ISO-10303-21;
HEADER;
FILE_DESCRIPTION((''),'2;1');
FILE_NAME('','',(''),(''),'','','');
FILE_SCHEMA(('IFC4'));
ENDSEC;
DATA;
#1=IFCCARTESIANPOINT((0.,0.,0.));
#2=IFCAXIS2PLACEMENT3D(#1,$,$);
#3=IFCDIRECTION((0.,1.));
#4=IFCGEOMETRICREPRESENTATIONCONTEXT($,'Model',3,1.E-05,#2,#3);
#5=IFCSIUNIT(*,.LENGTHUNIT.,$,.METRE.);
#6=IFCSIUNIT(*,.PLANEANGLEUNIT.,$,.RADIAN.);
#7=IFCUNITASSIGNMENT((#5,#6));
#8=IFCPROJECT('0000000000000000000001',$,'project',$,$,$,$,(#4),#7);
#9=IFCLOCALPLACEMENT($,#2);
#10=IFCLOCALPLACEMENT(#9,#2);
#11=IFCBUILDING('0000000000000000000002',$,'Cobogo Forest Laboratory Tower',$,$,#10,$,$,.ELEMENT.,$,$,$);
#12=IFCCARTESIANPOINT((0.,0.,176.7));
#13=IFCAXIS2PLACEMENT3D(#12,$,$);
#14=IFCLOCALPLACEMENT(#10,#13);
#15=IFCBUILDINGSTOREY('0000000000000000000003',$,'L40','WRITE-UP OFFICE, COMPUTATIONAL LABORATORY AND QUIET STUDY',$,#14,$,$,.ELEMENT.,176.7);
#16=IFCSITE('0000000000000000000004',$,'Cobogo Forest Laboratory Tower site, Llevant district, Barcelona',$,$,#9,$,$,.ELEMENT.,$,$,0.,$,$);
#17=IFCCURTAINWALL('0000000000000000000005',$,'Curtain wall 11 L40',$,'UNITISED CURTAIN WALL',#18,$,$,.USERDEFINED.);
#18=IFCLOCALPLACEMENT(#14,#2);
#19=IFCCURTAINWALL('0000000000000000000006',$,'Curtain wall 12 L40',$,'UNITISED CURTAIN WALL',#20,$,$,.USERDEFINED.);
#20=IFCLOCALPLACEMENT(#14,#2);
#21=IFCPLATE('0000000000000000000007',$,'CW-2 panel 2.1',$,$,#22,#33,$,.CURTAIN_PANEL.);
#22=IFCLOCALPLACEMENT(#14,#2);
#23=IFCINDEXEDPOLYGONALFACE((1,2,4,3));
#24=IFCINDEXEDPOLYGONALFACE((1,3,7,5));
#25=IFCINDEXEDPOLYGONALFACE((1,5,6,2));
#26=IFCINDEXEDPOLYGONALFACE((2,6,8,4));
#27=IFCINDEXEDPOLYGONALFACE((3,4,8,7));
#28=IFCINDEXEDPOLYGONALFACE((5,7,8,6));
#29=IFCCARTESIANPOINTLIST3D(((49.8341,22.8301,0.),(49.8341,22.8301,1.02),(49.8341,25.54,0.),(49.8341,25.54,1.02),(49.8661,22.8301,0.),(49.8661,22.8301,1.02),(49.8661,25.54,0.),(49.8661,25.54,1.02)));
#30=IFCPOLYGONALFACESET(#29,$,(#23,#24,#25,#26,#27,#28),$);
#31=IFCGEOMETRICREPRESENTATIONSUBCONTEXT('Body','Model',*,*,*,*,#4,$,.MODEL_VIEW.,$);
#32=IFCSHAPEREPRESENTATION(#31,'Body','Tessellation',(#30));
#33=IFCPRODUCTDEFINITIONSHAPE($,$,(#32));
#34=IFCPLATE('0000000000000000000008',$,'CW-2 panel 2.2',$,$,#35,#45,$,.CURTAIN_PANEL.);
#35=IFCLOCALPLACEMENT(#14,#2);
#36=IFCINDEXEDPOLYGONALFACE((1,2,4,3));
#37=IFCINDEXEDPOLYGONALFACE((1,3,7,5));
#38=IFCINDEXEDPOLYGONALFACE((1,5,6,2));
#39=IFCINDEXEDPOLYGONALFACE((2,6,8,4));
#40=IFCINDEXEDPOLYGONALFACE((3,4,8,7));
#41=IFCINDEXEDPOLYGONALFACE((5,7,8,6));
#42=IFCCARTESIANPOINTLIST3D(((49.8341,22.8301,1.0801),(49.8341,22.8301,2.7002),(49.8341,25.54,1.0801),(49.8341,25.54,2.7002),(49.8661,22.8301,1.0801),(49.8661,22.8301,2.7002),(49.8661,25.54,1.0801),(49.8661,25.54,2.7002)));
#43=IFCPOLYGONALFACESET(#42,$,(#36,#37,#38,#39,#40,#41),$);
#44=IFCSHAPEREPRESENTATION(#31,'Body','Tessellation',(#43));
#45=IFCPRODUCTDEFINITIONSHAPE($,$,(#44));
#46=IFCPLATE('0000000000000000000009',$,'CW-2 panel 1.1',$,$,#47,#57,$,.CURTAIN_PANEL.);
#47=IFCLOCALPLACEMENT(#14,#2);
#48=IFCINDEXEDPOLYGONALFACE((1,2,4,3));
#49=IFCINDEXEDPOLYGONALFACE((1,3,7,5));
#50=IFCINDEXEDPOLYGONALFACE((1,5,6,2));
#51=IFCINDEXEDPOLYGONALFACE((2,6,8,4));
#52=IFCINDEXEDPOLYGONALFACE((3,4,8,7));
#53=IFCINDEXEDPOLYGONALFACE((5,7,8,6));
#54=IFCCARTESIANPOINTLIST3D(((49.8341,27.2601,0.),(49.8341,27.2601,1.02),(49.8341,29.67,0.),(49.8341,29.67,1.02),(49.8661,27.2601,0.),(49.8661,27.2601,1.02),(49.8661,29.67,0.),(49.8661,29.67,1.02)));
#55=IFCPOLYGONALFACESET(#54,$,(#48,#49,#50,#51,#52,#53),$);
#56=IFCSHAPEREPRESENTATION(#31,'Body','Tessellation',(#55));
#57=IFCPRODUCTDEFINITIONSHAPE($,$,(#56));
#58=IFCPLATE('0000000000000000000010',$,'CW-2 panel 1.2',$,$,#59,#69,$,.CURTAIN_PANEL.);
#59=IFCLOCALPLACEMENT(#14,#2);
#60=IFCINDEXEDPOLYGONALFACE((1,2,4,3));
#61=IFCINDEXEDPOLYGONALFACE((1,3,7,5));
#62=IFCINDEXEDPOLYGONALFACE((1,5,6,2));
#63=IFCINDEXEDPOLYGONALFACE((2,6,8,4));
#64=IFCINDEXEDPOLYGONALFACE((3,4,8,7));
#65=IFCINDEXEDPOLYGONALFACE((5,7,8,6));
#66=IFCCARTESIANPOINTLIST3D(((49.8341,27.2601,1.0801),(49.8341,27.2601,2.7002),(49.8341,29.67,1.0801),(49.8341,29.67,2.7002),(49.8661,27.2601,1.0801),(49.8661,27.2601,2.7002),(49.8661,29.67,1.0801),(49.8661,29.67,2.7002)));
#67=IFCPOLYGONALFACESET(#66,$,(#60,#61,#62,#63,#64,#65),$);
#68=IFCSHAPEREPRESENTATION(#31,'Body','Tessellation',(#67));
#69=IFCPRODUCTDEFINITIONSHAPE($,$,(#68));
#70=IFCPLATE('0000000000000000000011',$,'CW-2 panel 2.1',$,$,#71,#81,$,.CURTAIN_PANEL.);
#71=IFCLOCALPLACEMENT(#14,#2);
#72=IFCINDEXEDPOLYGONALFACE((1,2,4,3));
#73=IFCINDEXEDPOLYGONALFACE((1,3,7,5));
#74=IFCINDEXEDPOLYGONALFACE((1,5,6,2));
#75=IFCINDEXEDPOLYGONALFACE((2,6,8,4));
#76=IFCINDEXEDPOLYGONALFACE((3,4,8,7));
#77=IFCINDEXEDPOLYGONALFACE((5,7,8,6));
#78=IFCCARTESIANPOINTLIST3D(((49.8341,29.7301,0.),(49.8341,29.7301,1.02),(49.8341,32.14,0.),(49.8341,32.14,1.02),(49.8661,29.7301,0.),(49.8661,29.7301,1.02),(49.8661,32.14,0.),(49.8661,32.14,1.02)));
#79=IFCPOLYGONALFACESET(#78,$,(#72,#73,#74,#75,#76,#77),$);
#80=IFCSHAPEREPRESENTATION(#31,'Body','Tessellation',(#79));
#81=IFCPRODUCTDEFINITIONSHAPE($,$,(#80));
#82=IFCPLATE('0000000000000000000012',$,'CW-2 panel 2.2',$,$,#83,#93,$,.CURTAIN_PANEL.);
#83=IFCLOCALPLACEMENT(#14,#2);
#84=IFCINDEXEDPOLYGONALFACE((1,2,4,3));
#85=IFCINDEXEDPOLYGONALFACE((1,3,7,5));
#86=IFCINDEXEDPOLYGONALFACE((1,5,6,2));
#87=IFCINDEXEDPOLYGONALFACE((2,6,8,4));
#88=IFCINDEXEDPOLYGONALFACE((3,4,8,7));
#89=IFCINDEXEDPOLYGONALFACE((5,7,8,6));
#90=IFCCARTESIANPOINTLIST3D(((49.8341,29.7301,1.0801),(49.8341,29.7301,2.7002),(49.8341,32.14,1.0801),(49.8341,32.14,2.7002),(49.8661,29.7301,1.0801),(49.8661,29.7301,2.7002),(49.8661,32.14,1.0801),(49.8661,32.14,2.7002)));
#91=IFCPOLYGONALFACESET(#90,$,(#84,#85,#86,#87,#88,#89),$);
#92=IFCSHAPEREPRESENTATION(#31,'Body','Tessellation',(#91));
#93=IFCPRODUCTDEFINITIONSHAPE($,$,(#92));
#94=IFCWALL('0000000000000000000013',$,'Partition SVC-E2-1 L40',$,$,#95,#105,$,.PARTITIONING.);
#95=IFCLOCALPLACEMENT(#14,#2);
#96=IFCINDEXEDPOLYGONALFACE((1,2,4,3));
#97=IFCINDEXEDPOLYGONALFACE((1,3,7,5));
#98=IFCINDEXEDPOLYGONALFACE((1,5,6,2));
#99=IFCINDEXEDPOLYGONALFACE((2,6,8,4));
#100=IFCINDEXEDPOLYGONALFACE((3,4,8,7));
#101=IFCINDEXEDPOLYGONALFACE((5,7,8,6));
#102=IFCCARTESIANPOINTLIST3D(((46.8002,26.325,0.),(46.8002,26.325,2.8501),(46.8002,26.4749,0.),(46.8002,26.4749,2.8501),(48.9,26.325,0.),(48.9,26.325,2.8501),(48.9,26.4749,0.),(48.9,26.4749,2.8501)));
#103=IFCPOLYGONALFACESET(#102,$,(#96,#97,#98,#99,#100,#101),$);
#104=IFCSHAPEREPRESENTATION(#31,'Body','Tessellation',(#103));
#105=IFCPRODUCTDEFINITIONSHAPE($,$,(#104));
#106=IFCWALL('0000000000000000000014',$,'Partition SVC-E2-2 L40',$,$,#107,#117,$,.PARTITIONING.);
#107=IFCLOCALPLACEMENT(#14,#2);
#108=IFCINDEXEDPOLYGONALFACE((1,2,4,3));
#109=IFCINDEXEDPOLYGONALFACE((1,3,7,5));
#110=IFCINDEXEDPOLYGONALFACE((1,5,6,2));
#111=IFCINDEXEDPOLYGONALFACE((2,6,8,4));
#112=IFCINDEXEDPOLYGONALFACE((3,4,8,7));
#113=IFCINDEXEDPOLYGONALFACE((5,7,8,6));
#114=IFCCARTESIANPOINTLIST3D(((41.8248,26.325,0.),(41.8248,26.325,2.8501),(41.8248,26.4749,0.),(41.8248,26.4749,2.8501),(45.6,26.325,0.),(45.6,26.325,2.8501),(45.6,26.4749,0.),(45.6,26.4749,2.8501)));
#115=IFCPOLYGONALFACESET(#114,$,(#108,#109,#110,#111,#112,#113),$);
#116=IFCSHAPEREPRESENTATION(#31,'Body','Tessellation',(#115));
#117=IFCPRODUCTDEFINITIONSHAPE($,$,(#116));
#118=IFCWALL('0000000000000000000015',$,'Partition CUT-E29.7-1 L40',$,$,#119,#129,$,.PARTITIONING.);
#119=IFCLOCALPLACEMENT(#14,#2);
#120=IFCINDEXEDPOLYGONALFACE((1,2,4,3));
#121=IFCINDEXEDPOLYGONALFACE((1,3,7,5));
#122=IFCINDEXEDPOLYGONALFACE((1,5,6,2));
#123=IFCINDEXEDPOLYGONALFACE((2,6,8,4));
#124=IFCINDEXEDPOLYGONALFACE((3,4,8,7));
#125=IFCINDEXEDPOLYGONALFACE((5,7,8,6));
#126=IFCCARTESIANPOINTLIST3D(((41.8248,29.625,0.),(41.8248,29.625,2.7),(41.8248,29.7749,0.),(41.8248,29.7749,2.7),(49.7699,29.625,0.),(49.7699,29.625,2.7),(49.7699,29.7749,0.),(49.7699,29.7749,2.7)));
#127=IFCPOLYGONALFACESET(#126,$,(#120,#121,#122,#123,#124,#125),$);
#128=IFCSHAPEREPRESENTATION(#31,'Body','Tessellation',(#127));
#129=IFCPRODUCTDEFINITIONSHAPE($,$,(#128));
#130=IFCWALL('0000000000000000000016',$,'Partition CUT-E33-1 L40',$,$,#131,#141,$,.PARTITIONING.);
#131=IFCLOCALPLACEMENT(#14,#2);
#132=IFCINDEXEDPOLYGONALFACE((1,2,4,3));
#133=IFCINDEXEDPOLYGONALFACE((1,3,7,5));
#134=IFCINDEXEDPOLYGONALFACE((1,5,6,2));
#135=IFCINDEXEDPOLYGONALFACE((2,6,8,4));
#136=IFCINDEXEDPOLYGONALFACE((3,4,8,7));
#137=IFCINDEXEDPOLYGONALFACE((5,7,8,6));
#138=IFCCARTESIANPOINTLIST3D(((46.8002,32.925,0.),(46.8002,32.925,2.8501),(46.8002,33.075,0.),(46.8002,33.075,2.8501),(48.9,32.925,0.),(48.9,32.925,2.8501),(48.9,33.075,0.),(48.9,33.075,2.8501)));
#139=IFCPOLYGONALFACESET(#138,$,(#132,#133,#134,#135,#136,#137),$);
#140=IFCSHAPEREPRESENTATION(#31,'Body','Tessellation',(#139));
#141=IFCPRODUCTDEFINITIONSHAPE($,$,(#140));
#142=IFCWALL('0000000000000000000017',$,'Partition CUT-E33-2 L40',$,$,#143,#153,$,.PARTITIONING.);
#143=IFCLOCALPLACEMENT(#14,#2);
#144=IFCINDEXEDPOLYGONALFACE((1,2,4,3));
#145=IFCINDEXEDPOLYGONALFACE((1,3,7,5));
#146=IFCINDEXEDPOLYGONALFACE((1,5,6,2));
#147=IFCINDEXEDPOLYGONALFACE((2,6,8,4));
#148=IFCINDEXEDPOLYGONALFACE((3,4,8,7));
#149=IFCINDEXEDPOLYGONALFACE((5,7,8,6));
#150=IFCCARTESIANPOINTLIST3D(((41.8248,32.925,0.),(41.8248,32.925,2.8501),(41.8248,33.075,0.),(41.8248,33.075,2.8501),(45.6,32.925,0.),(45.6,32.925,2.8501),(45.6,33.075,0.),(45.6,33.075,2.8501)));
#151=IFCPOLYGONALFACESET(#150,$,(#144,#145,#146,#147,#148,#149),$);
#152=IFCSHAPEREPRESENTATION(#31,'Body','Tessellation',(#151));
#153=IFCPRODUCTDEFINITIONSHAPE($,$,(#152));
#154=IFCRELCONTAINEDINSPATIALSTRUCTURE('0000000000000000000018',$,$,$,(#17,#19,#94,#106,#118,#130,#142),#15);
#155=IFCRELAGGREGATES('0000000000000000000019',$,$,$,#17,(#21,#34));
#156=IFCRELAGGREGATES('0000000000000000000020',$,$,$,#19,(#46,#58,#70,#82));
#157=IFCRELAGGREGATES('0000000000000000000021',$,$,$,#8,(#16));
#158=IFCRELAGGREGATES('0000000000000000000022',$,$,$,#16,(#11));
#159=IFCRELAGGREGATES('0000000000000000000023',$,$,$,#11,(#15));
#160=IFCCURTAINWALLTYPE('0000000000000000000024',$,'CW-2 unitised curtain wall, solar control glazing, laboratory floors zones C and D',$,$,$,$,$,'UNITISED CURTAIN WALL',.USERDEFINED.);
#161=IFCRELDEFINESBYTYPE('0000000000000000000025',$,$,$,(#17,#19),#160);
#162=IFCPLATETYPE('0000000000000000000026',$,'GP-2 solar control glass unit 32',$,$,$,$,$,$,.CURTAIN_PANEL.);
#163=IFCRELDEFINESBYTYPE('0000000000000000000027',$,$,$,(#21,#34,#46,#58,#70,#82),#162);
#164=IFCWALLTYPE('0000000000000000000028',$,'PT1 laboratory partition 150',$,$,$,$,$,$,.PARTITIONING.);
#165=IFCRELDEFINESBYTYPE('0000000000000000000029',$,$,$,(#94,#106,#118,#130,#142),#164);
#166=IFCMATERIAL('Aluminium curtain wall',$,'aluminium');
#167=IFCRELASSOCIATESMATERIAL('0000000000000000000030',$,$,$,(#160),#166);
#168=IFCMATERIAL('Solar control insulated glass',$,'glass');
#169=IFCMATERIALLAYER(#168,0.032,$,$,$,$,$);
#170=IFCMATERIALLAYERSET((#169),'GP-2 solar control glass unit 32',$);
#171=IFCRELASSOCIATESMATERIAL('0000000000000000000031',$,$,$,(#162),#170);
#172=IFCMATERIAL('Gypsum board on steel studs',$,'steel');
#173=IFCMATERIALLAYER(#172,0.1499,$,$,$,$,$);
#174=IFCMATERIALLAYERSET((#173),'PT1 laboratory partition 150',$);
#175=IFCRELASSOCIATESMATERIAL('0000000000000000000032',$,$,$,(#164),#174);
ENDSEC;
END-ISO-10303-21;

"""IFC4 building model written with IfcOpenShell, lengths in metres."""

from ifc_helpers import new_model, si_unit, direction, frame, frame_2d, origin, origin_2d, place, context, subcontext, project, spatial, rectangle, extrude, material, layer, layer_set, type_object, element, aggregate, save


model = new_model("IFC4")

# Units and contexts
model_context = context("Model", 3, precision=1e-05, world=origin(), true_north=direction((0.0, 1.0)))
body_context = subcontext(model_context, "Body", "Model", "MODEL_VIEW")
ifc_project = project(units=[si_unit("LENGTHUNIT", "METRE"), si_unit("PLANEANGLEUNIT", "RADIAN")], contexts=[model_context])

# Site, building, storey
site_placement = place(None, origin())
site = spatial("IfcSite", under=ifc_project, at=site_placement, Name="Cobogo Forest Laboratory Tower site, Llevant district, Barcelona", CompositionType="ELEMENT", RefElevation=0.0)
building_placement = place(site_placement, origin())
building = spatial("IfcBuilding", under=site, at=building_placement, Name="Cobogo Forest Laboratory Tower", CompositionType="ELEMENT")
storey_placement = place(building_placement, frame((0.0, 0.0, 176.7)))
storey = spatial("IfcBuildingStorey", under=building, at=storey_placement, Name="L40", Description="WRITE-UP OFFICE, COMPUTATIONAL LABORATORY AND QUIET STUDY", CompositionType="ELEMENT", Elevation=176.7)

# Curtain wall
ifc_material_1 = material(Name="Aluminium curtain wall", Category="aluminium")
curtain_wall_type = type_object("IfcCurtainWallType", Name="CW-2 unitised curtain wall, solar control glazing, laboratory floors zones C and D", ElementType="UNITISED CURTAIN WALL", PredefinedType="USERDEFINED", material=ifc_material_1)
curtain_wall_1_placement = place(storey_placement, origin())
curtain_wall_1 = element("IfcCurtainWall", 1, at=curtain_wall_1_placement, inside=storey, type_object=curtain_wall_type, Name="Curtain wall 11 L40", ObjectType="UNITISED CURTAIN WALL", PredefinedType="USERDEFINED")

# Curtain wall
curtain_wall_2_placement = place(storey_placement, origin())
curtain_wall_2 = element("IfcCurtainWall", 2, at=curtain_wall_2_placement, inside=storey, type_object=curtain_wall_type, Name="Curtain wall 12 L40", ObjectType="UNITISED CURTAIN WALL", PredefinedType="USERDEFINED")

# Plates
ifc_material_2 = material(Name="Solar control insulated glass", Category="glass")
ifc_layer_1 = layer(ifc_material_2, 0.032)
ifc_layer_set_1 = layer_set([ifc_layer_1], Name="GP-2 solar control glass unit 32")
plate_type_1 = type_object("IfcPlateType", Name="GP-2 solar control glass unit 32", PredefinedType="CURTAIN_PANEL", material=ifc_layer_set_1)
plate_1_placement = place(storey_placement, frame((49.8501, 24.1851, 0.0), z_axis=(0.0, 0.0, 1.0), x_axis=(0.0, 1.0, 0.0)))
plate_1 = element("IfcPlate", 3, at=plate_1_placement, type_object=plate_type_1, Name="CW-2 panel 2.1", PredefinedType="CURTAIN_PANEL", context=body_context, shape_type="SweptSolid", body=[
    extrude(rectangle(XDim=2.71, YDim=0.032, at=origin_2d()), origin(), (0.0, 0.0, 1.0), 1.02),
])
plate_2_placement = place(storey_placement, frame((49.8501, 24.1851, 1.0801), z_axis=(0.0, 0.0, 1.0), x_axis=(0.0, 1.0, 0.0)))
plate_2 = element("IfcPlate", 4, at=plate_2_placement, type_object=plate_type_1, Name="CW-2 panel 2.2", PredefinedType="CURTAIN_PANEL", context=body_context, shape_type="SweptSolid", body=[
    extrude(rectangle(XDim=2.71, YDim=0.032, at=origin_2d()), origin(), (0.0, 0.0, 1.0), 1.6201),
])
aggregate(curtain_wall_1, [plate_1, plate_2])
plate_3_placement = place(storey_placement, frame((49.8501, 28.4651, 0.0), z_axis=(0.0, 0.0, 1.0), x_axis=(0.0, 1.0, 0.0)))
plate_3 = element("IfcPlate", 5, at=plate_3_placement, type_object=plate_type_1, Name="CW-2 panel 1.1", PredefinedType="CURTAIN_PANEL", context=body_context, shape_type="SweptSolid", body=[
    extrude(rectangle(XDim=2.4099, YDim=0.032, at=origin_2d()), origin(), (0.0, 0.0, 1.0), 1.02),
])
plate_4_placement = place(storey_placement, frame((49.8501, 28.4651, 1.0801), z_axis=(0.0, 0.0, 1.0), x_axis=(0.0, 1.0, 0.0)))
plate_4 = element("IfcPlate", 6, at=plate_4_placement, type_object=plate_type_1, Name="CW-2 panel 1.2", PredefinedType="CURTAIN_PANEL", context=body_context, shape_type="SweptSolid", body=[
    extrude(rectangle(XDim=2.4099, YDim=0.032, at=origin_2d()), origin(), (0.0, 0.0, 1.0), 1.6201),
])
plate_5_placement = place(storey_placement, frame((49.8501, 30.9351, 0.0), z_axis=(0.0, 0.0, 1.0), x_axis=(0.0, 1.0, 0.0)))
plate_5 = element("IfcPlate", 7, at=plate_5_placement, type_object=plate_type_1, Name="CW-2 panel 2.1", PredefinedType="CURTAIN_PANEL", context=body_context, shape_type="SweptSolid", body=[
    extrude(rectangle(XDim=2.4099, YDim=0.032, at=origin_2d()), origin(), (0.0, 0.0, 1.0), 1.02),
])
plate_6_placement = place(storey_placement, frame((49.8501, 30.9351, 1.0801), z_axis=(0.0, 0.0, 1.0), x_axis=(0.0, 1.0, 0.0)))
plate_6 = element("IfcPlate", 8, at=plate_6_placement, type_object=plate_type_1, Name="CW-2 panel 2.2", PredefinedType="CURTAIN_PANEL", context=body_context, shape_type="SweptSolid", body=[
    extrude(rectangle(XDim=2.4099, YDim=0.032, at=origin_2d()), origin(), (0.0, 0.0, 1.0), 1.6201),
])
aggregate(curtain_wall_2, [plate_3, plate_4, plate_5, plate_6])

# Walls
ifc_material_3 = material(Name="Gypsum board on steel studs", Category="steel")
ifc_layer_2 = layer(ifc_material_3, 0.1499)
ifc_layer_set_2 = layer_set([ifc_layer_2], Name="PT1 laboratory partition 150")
wall_type = type_object("IfcWallType", Name="PT1 laboratory partition 150", PredefinedType="PARTITIONING", material=ifc_layer_set_2)
wall_1_placement = place(storey_placement, frame((48.8999, 26.3999, 0.0), z_axis=(0.0, 0.0, 1.0), x_axis=(-1.0, 0.0, 0.0)))
element("IfcWall", 9, at=wall_1_placement, inside=storey, type_object=wall_type, Name="Partition SVC-E2-1 L40", PredefinedType="PARTITIONING", context=body_context, shape_type="SweptSolid", body=[
    extrude(rectangle(XDim=2.0999, YDim=0.1499, at=frame_2d((1.0498, 0.0))), origin(), (0.0, 0.0, 1.0), 2.8501),
])
wall_2_placement = place(storey_placement, frame((45.6001, 26.3999, 0.0), z_axis=(0.0, 0.0, 1.0), x_axis=(-1.0, 0.0, 0.0)))
element("IfcWall", 10, at=wall_2_placement, inside=storey, type_object=wall_type, Name="Partition SVC-E2-2 L40", PredefinedType="PARTITIONING", context=body_context, shape_type="SweptSolid", body=[
    extrude(rectangle(XDim=3.7751, YDim=0.1499, at=frame_2d((1.8877, 0.0))), origin(), (0.0, 0.0, 1.0), 2.8501),
])
wall_3_placement = place(storey_placement, frame((49.77, 29.7, 0.0), z_axis=(0.0, 0.0, 1.0), x_axis=(-1.0, 0.0, 0.0)))
element("IfcWall", 11, at=wall_3_placement, inside=storey, type_object=wall_type, Name="Partition CUT-E29.7-1 L40", PredefinedType="PARTITIONING", context=body_context, shape_type="SweptSolid", body=[
    extrude(rectangle(XDim=7.9451, YDim=0.1499, at=frame_2d((3.9727, 0.0))), origin(), (0.0, 0.0, 1.0), 2.7),
])
wall_4_placement = place(storey_placement, frame((48.8999, 33.0, 0.0), z_axis=(0.0, 0.0, 1.0), x_axis=(-1.0, 0.0, 0.0)))
element("IfcWall", 12, at=wall_4_placement, inside=storey, type_object=wall_type, Name="Partition CUT-E33-1 L40", PredefinedType="PARTITIONING", context=body_context, shape_type="SweptSolid", body=[
    extrude(rectangle(XDim=2.0999, YDim=0.1499, at=frame_2d((1.0498, 0.0))), origin(), (0.0, 0.0, 1.0), 2.8501),
])
wall_5_placement = place(storey_placement, frame((45.6001, 33.0, 0.0), z_axis=(0.0, 0.0, 1.0), x_axis=(-1.0, 0.0, 0.0)))
element("IfcWall", 13, at=wall_5_placement, inside=storey, type_object=wall_type, Name="Partition CUT-E33-2 L40", PredefinedType="PARTITIONING", context=body_context, shape_type="SweptSolid", body=[
    extrude(rectangle(XDim=3.7751, YDim=0.1499, at=frame_2d((1.8877, 0.0))), origin(), (0.0, 0.0, 1.0), 2.8501),
])

save(model, "model.ifc")
